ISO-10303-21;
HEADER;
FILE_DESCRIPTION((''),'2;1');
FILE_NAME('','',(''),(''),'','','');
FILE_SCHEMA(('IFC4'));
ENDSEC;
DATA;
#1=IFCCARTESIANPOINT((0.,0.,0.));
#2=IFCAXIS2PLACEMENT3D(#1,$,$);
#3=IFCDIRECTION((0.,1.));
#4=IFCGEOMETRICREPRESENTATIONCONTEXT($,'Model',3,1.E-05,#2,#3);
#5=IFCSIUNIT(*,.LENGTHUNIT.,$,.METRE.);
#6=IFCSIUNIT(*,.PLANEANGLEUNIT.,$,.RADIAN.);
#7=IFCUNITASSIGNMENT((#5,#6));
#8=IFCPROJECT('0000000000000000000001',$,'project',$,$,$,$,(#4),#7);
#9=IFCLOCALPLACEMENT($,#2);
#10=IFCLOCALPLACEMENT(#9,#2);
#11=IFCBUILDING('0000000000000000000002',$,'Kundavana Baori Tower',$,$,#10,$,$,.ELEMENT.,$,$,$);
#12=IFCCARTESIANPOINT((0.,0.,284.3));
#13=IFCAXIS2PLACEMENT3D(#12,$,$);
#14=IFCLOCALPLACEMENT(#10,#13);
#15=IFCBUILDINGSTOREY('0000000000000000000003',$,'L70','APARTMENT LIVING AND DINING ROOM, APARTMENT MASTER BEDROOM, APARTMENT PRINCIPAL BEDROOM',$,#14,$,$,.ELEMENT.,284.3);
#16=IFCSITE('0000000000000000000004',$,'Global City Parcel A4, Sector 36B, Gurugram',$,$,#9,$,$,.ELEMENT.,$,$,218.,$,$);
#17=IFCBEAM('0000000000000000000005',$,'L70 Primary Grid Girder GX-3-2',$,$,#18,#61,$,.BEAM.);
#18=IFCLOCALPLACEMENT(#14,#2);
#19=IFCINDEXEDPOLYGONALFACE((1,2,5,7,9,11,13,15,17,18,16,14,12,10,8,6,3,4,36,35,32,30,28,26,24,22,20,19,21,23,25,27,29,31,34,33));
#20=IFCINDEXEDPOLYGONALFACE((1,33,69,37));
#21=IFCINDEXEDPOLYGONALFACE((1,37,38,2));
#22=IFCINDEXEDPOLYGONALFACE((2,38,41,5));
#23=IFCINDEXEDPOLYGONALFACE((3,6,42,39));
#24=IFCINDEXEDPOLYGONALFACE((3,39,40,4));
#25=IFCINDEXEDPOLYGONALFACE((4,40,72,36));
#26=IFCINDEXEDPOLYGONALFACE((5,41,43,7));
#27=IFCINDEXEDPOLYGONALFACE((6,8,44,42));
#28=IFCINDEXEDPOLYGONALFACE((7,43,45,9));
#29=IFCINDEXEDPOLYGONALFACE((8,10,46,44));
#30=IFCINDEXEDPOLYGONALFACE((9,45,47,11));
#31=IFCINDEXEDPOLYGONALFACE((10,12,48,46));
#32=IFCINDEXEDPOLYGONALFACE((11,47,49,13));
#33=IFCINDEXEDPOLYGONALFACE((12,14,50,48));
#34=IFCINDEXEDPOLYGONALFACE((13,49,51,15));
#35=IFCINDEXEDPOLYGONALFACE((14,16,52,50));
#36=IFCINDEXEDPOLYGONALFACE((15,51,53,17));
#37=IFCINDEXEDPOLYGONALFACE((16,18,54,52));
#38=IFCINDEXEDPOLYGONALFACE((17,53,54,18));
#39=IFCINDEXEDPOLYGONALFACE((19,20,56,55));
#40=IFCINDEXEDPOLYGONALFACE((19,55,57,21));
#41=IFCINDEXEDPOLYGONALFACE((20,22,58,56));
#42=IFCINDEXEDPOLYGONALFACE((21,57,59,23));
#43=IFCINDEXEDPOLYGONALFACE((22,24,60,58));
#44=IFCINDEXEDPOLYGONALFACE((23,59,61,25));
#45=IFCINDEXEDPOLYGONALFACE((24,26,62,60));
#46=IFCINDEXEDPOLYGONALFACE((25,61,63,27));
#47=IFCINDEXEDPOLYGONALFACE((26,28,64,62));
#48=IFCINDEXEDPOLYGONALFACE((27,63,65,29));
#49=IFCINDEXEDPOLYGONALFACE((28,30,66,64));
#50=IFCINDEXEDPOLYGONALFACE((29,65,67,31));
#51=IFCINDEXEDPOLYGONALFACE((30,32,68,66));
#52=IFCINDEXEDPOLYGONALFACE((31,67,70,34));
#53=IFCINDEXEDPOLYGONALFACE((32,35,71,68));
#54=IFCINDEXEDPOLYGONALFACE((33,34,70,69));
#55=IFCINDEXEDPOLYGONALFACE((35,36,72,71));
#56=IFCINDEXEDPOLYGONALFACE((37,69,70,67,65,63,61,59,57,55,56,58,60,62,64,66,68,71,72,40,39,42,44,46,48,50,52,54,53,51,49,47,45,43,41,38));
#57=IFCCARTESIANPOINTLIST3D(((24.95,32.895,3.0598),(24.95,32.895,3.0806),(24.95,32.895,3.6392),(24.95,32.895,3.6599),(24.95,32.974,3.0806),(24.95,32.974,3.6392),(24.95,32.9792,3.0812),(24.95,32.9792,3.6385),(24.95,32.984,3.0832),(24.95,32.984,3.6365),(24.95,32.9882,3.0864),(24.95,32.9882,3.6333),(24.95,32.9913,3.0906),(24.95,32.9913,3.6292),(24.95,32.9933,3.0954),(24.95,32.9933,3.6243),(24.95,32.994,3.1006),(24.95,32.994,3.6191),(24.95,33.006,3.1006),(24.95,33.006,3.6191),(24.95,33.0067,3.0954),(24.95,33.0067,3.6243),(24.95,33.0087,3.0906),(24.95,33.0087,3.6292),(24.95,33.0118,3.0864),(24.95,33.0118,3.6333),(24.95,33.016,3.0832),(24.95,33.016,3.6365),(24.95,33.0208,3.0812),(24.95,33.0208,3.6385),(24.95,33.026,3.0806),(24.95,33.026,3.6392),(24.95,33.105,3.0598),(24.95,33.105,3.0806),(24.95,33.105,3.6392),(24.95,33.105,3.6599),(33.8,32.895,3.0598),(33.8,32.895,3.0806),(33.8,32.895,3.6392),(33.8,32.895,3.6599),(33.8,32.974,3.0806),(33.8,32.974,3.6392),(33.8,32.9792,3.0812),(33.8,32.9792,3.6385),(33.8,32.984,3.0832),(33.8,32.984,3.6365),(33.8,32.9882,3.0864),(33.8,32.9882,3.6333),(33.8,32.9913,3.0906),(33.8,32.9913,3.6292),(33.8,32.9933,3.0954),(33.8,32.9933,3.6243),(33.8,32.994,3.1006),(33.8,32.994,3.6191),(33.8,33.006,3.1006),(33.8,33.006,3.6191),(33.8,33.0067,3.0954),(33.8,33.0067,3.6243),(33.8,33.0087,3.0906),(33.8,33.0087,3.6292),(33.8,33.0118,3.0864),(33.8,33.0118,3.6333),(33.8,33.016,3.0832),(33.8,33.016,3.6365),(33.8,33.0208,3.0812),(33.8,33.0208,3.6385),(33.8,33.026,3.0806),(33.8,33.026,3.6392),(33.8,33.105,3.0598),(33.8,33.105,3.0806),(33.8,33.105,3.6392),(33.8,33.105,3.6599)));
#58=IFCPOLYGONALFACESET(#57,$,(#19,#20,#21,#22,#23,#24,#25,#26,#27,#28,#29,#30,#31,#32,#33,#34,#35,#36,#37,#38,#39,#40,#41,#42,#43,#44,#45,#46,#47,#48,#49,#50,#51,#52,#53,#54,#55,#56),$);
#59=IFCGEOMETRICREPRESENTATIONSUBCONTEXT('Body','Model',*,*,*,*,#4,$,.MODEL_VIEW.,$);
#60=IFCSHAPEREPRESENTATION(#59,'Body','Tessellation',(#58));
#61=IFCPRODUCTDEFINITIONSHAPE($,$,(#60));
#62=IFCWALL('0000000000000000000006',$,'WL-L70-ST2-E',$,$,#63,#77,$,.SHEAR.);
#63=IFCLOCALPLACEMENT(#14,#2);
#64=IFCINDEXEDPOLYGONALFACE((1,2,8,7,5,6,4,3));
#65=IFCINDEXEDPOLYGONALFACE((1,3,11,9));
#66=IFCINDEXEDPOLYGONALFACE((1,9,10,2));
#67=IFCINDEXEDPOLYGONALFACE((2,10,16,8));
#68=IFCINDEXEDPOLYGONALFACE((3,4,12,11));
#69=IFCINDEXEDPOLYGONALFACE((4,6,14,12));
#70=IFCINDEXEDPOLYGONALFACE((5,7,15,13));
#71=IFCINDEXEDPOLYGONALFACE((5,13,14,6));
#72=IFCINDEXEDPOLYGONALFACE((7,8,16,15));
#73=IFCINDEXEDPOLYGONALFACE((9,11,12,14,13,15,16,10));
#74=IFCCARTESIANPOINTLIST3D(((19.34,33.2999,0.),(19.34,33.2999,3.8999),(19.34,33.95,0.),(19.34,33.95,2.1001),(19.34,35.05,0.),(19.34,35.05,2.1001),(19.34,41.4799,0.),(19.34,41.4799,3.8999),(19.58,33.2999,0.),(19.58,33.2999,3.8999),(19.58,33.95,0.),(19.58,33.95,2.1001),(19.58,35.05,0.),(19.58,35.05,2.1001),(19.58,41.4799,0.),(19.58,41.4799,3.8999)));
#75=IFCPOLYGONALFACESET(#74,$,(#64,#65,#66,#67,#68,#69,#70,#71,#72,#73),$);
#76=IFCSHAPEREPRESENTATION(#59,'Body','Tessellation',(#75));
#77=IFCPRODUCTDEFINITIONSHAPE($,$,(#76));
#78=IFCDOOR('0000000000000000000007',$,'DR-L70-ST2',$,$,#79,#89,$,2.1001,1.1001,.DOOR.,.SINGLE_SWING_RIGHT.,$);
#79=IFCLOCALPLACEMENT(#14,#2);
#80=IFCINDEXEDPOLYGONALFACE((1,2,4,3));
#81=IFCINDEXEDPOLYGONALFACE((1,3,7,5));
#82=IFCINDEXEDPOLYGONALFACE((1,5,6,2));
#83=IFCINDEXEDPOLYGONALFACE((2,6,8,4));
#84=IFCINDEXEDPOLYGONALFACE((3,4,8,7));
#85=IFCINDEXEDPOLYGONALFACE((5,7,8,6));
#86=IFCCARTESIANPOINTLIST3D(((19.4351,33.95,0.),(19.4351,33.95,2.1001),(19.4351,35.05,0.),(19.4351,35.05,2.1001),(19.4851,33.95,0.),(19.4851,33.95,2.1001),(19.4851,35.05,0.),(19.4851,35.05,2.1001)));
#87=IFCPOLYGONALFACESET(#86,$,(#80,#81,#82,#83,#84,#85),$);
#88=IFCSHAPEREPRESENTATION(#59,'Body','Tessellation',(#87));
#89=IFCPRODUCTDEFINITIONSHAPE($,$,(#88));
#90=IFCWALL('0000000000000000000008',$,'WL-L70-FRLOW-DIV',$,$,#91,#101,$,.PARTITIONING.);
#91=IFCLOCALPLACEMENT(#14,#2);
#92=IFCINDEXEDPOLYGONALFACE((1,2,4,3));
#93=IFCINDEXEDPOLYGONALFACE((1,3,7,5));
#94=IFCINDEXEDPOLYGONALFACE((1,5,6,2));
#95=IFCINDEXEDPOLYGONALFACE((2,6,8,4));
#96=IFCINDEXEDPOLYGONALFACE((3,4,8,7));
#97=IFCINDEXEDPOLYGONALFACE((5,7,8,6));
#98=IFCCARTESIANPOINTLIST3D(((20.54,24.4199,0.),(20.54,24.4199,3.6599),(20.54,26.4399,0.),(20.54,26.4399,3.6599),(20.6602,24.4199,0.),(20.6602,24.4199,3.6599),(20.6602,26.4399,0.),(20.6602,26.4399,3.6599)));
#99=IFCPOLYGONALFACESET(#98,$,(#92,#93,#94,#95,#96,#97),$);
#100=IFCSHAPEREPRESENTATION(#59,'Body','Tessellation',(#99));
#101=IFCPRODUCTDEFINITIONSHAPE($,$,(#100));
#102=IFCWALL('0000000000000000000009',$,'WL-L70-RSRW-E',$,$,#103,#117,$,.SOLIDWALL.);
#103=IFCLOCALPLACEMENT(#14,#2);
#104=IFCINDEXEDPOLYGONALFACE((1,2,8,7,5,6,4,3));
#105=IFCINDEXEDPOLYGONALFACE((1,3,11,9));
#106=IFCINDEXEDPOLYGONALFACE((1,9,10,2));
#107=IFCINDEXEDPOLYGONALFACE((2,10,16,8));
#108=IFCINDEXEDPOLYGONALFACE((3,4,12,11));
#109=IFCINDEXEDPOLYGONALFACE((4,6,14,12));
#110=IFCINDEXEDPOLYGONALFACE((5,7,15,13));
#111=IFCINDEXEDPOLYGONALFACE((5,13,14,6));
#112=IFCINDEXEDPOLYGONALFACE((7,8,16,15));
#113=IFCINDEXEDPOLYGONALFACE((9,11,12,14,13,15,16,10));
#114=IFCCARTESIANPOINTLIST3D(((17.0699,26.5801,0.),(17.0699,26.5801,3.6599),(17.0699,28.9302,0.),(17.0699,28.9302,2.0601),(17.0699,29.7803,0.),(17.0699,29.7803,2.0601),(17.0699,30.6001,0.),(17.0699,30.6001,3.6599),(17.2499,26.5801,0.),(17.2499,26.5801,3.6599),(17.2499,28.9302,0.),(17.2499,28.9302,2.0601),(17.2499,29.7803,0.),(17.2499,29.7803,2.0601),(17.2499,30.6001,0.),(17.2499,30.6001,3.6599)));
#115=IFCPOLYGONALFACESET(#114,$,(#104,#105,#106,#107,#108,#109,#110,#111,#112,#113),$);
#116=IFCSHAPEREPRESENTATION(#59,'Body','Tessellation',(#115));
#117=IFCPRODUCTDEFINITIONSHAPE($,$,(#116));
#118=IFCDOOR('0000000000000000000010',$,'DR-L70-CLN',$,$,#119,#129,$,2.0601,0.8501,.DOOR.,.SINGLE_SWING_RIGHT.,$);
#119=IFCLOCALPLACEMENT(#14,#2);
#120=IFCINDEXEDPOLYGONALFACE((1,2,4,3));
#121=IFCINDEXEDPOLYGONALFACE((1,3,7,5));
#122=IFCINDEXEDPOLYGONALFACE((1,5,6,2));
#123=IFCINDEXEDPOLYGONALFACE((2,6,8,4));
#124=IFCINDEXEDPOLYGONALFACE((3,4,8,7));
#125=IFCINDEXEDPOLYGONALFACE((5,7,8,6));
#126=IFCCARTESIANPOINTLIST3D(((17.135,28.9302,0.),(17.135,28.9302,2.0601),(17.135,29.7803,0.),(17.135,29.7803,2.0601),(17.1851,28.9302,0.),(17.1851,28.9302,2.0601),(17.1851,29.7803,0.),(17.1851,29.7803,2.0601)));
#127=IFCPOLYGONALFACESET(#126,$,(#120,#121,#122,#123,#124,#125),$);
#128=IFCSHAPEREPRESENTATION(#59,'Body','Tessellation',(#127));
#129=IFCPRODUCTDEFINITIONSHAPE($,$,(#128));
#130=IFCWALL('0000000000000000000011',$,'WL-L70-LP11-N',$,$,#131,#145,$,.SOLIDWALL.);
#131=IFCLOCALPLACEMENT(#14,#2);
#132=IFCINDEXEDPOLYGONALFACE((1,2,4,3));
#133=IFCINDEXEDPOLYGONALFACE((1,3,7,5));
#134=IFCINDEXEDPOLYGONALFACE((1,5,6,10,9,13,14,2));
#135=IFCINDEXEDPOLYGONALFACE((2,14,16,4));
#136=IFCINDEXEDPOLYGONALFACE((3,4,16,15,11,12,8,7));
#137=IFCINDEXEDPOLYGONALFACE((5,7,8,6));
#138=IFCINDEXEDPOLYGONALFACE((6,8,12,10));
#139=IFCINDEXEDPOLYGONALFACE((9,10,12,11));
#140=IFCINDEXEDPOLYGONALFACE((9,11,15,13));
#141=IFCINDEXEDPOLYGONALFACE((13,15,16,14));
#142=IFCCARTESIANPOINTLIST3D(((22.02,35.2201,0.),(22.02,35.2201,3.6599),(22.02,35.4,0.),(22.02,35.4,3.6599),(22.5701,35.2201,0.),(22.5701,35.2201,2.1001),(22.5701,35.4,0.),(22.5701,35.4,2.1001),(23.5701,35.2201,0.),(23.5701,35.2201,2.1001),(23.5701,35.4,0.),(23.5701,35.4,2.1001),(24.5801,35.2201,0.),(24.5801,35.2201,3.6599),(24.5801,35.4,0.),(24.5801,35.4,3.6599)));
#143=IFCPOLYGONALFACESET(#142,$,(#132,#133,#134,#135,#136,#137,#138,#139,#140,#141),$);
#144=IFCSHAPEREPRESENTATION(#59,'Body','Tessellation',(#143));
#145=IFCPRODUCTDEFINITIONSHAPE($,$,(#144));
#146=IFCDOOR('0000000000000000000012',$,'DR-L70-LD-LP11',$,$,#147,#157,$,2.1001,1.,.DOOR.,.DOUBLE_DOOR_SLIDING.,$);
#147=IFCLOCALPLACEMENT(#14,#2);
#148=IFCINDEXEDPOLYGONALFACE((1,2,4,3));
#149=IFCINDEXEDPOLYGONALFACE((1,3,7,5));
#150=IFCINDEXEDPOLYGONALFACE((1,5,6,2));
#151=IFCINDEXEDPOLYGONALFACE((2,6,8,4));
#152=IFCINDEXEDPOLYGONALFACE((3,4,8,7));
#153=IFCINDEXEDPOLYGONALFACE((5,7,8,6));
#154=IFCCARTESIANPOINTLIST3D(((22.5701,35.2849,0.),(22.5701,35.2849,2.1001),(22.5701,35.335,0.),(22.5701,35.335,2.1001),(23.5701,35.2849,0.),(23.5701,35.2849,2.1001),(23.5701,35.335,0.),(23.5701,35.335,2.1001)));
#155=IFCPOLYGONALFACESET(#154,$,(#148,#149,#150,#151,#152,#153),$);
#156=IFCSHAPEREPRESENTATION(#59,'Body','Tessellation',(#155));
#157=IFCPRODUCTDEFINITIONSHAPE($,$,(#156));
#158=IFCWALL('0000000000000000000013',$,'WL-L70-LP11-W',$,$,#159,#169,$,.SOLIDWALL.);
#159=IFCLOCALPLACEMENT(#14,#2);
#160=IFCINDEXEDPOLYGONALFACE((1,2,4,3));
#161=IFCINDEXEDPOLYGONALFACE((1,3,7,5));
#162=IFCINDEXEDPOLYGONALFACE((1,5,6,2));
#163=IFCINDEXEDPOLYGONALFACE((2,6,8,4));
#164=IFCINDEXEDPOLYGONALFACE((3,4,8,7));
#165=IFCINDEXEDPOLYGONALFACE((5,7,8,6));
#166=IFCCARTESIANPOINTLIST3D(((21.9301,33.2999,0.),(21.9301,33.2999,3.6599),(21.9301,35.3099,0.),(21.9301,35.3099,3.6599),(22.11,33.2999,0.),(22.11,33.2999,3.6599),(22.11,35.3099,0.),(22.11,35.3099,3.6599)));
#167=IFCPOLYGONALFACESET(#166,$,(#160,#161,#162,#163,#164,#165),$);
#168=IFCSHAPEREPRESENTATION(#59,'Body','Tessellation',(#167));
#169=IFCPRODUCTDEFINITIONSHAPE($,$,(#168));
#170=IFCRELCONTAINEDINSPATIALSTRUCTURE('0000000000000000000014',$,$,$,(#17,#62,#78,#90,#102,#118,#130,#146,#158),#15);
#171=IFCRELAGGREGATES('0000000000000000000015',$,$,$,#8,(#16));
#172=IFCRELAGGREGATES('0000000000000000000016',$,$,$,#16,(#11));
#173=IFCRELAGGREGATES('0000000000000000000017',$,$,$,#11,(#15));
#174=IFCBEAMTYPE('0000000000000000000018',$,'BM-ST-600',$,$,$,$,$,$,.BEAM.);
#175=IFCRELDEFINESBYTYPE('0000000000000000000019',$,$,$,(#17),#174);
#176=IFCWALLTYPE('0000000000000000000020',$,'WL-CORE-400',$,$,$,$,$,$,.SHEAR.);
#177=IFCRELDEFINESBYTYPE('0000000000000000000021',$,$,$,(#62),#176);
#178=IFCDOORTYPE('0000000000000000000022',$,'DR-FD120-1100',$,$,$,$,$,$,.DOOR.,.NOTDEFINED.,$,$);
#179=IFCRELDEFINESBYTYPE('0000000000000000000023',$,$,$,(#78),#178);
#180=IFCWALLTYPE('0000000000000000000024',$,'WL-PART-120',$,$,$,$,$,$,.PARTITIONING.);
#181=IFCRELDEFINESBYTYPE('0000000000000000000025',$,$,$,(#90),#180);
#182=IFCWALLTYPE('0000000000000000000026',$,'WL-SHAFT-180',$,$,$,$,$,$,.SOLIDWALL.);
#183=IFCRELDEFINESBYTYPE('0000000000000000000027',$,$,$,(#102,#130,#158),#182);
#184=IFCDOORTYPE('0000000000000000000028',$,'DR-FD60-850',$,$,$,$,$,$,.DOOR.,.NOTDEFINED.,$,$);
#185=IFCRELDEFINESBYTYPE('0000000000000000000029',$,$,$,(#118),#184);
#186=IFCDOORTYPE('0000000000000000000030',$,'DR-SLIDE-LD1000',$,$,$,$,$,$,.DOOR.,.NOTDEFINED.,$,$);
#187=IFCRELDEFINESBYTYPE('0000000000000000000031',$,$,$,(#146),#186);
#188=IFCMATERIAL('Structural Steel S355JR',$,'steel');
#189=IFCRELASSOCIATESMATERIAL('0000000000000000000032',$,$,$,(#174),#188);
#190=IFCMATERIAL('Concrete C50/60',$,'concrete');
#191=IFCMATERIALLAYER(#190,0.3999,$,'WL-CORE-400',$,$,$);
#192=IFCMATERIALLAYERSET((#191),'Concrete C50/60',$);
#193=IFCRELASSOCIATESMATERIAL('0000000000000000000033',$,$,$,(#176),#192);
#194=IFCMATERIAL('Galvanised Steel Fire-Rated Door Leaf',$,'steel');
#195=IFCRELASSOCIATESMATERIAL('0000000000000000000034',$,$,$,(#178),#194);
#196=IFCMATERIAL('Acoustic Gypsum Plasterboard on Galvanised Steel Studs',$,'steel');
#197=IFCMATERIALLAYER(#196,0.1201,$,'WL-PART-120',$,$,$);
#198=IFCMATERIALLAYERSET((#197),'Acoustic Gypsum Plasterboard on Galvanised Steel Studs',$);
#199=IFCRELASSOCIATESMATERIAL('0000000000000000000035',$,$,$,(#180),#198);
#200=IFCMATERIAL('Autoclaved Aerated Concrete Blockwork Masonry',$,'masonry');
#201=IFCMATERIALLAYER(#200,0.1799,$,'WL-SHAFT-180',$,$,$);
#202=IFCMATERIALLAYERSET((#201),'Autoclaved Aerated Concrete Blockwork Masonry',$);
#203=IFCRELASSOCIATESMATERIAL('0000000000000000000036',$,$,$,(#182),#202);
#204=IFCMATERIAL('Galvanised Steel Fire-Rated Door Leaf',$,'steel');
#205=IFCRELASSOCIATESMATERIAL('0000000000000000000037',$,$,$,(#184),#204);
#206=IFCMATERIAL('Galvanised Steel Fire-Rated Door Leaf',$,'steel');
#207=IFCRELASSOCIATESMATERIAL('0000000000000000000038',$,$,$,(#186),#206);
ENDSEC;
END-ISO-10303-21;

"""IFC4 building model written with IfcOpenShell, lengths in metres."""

from ifc_helpers import new_model, si_unit, direction, frame, frame_2d, origin, origin_2d, place, context, subcontext, project, spatial, rectangle, i_section, extrude, material, layer, layer_set, material_profile, profile_set, type_object, element, fill, save


model = new_model("IFC4")

# Units and contexts
model_context = context("Model", 3, precision=1e-05, world=origin(), true_north=direction((0.0, 1.0)))
body_context = subcontext(model_context, "Body", "Model", "MODEL_VIEW")
ifc_project = project(units=[si_unit("LENGTHUNIT", "METRE"), si_unit("PLANEANGLEUNIT", "RADIAN")], contexts=[model_context])

# Site, building, storey
site_placement = place(None, origin())
site = spatial("IfcSite", under=ifc_project, at=site_placement, Name="Global City Parcel A4, Sector 36B, Gurugram", CompositionType="ELEMENT", RefElevation=218.0)
building_placement = place(site_placement, origin())
building = spatial("IfcBuilding", under=site, at=building_placement, Name="Kundavana Baori Tower", CompositionType="ELEMENT")
storey_placement = place(building_placement, frame((0.0, 0.0, 284.3)))
storey = spatial("IfcBuildingStorey", under=building, at=storey_placement, Name="L70", Description="APARTMENT LIVING AND DINING ROOM, APARTMENT MASTER BEDROOM, APARTMENT PRINCIPAL BEDROOM", CompositionType="ELEMENT", Elevation=284.3)

# Beam
ifc_material_1 = material(Name="Structural Steel S355JR", Category="steel")
ifc_material_profile_1 = material_profile(ifc_material_1, i_section(OverallWidth=0.21, OverallDepth=0.6001, WebThickness=0.012, FlangeThickness=0.0208, FilletRadius=0.02, at=origin_2d()), Name="ISMB 600")
ifc_profile_set_1 = profile_set([ifc_material_profile_1], Name="Structural Steel S355JR")
beam_type_1 = type_object("IfcBeamType", Name="BM-ST-600", PredefinedType="BEAM", material=ifc_profile_set_1)
for number, where, z_axis, x_axis, name in (
    (1, (24.95, 33.0, 3.3599), (1.0, 0.0, 0.0), (0.0, 1.0, 0.0), "L70 Primary Grid Girder GX-3-2"),
):
    element("IfcBeam", number, at=place(storey_placement, frame(where, z_axis=z_axis, x_axis=x_axis)), inside=storey, type_object=beam_type_1, Name=name, PredefinedType="BEAM", context=body_context, shape_type="SweptSolid", body=[
        extrude(i_section(OverallWidth=0.21, OverallDepth=0.6001, WebThickness=0.012, FlangeThickness=0.0208, FilletRadius=0.02, at=origin_2d()), origin(), (0.0, 0.0, 1.0), 8.8501),
    ])

# Wall, opening, door
ifc_material_2 = material(Name="Concrete C50/60", Category="concrete")
ifc_layer_1 = layer(ifc_material_2, 0.3999, Name="WL-CORE-400")
ifc_layer_set_1 = layer_set([ifc_layer_1], Name="Concrete C50/60")
wall_type_1 = type_object("IfcWallType", Name="WL-CORE-400", PredefinedType="SHEAR", material=ifc_layer_set_1)
wall_1_placement = place(storey_placement, frame((19.46, 33.3, 0.0), z_axis=(0.0, 0.0, 1.0), x_axis=(0.0, 1.0, 0.0)))
wall_1 = element("IfcWall", 2, at=wall_1_placement, inside=storey, type_object=wall_type_1, Name="WL-L70-ST2-E", PredefinedType="SHEAR", context=body_context, shape_type="SweptSolid", body=[
    extrude(rectangle(XDim=8.1799, YDim=0.24, at=frame_2d((4.0898, 0.0))), origin(), (0.0, 0.0, 1.0), 3.8999),
])
opening_1_placement = place(wall_1_placement, frame((0.6499, 0.0, 0.0)))
opening_1 = element("IfcOpeningElement", 3, at=opening_1_placement, cuts=wall_1, PredefinedType="OPENING", context=body_context, shape_type="SweptSolid", body=[
    extrude(rectangle(XDim=1.1001, YDim=2.1001, at=frame_2d((0.55, 1.05))), frame((0.0, 0.1299, 0.0), z_axis=(0.0, -1.0, 0.0), x_axis=(1.0, 0.0, 0.0)), (0.0, 0.0, 1.0), 0.26),
])
ifc_material_3 = material(Name="Galvanised Steel Fire-Rated Door Leaf", Category="steel")
door_type_1 = type_object("IfcDoorType", Name="DR-FD120-1100", OperationType="NOTDEFINED", PredefinedType="DOOR", material=ifc_material_3)
door_1_placement = place(opening_1_placement, origin())
door_1 = element("IfcDoor", 4, at=door_1_placement, inside=storey, type_object=door_type_1, Name="DR-L70-ST2", OperationType="SINGLE_SWING_RIGHT", OverallHeight=2.1001, OverallWidth=1.1001, PredefinedType="DOOR", context=body_context, shape_type="SweptSolid", body=[
    extrude(rectangle(XDim=1.1001, YDim=2.1001, at=frame_2d((0.55, 1.05))), frame((0.0, 0.0249, 0.0), z_axis=(0.0, -1.0, 0.0), x_axis=(1.0, 0.0, 0.0)), (0.0, 0.0, 1.0), 0.05),
])
fill(opening_1, door_1)

# Wall
ifc_material_4 = material(Name="Acoustic Gypsum Plasterboard on Galvanised Steel Studs", Category="steel")
ifc_layer_2 = layer(ifc_material_4, 0.1201, Name="WL-PART-120")
ifc_layer_set_2 = layer_set([ifc_layer_2], Name="Acoustic Gypsum Plasterboard on Galvanised Steel Studs")
wall_type_2 = type_object("IfcWallType", Name="WL-PART-120", PredefinedType="PARTITIONING", material=ifc_layer_set_2)
wall_2_placement = place(storey_placement, frame((20.6001, 24.4199, 0.0), z_axis=(0.0, 0.0, 1.0), x_axis=(0.0, 1.0, 0.0)))
element("IfcWall", 5, at=wall_2_placement, inside=storey, type_object=wall_type_2, Name="WL-L70-FRLOW-DIV", PredefinedType="PARTITIONING", context=body_context, shape_type="SweptSolid", body=[
    extrude(rectangle(XDim=2.02, YDim=0.1201, at=frame_2d((1.01, 0.0))), origin(), (0.0, 0.0, 1.0), 3.6599),
])

# Walls, openings, doors
ifc_material_5 = material(Name="Autoclaved Aerated Concrete Blockwork Masonry", Category="masonry")
ifc_layer_3 = layer(ifc_material_5, 0.1799, Name="WL-SHAFT-180")
ifc_layer_set_3 = layer_set([ifc_layer_3], Name="Autoclaved Aerated Concrete Blockwork Masonry")
wall_type_3 = type_object("IfcWallType", Name="WL-SHAFT-180", PredefinedType="SOLIDWALL", material=ifc_layer_set_3)
wall_3_placement = place(storey_placement, frame((17.1599, 26.5801, 0.0), z_axis=(0.0, 0.0, 1.0), x_axis=(0.0, 1.0, 0.0)))
wall_3 = element("IfcWall", 6, at=wall_3_placement, inside=storey, type_object=wall_type_3, Name="WL-L70-RSRW-E", PredefinedType="SOLIDWALL", context=body_context, shape_type="SweptSolid", body=[
    extrude(rectangle(XDim=4.02, YDim=0.1799, at=frame_2d((2.01, 0.0))), origin(), (0.0, 0.0, 1.0), 3.6599),
])
opening_2_placement = place(wall_3_placement, frame((2.3501, 0.0, 0.0)))
opening_2 = element("IfcOpeningElement", 7, at=opening_2_placement, cuts=wall_3, PredefinedType="OPENING", context=body_context, shape_type="SweptSolid", body=[
    extrude(rectangle(XDim=0.8501, YDim=2.0601, at=frame_2d((0.425, 1.03))), frame((0.0, 0.1001, 0.0), z_axis=(0.0, -1.0, 0.0), x_axis=(1.0, 0.0, 0.0)), (0.0, 0.0, 1.0), 0.2),
])
ifc_material_6 = material(Name="Galvanised Steel Fire-Rated Door Leaf", Category="steel")
door_type_2 = type_object("IfcDoorType", Name="DR-FD60-850", OperationType="NOTDEFINED", PredefinedType="DOOR", material=ifc_material_6)
door_2_placement = place(opening_2_placement, origin())
door_2 = element("IfcDoor", 8, at=door_2_placement, inside=storey, type_object=door_type_2, Name="DR-L70-CLN", OperationType="SINGLE_SWING_RIGHT", OverallHeight=2.0601, OverallWidth=0.8501, PredefinedType="DOOR", context=body_context, shape_type="SweptSolid", body=[
    extrude(rectangle(XDim=0.8501, YDim=2.0601, at=frame_2d((0.425, 1.03))), frame((0.0, 0.0249, 0.0), z_axis=(0.0, -1.0, 0.0), x_axis=(1.0, 0.0, 0.0)), (0.0, 0.0, 1.0), 0.05),
])
fill(opening_2, door_2)
wall_4_placement = place(storey_placement, frame((22.02, 35.3101, 0.0), z_axis=(0.0, 0.0, 1.0), x_axis=(1.0, 0.0, 0.0)))
wall_4 = element("IfcWall", 9, at=wall_4_placement, inside=storey, type_object=wall_type_3, Name="WL-L70-LP11-N", PredefinedType="SOLIDWALL", context=body_context, shape_type="SweptSolid", body=[
    extrude(rectangle(XDim=2.5601, YDim=0.1799, at=frame_2d((1.28, 0.0))), origin(), (0.0, 0.0, 1.0), 3.6599),
])
opening_3_placement = place(wall_4_placement, frame((0.55, 0.0, 0.0)))
opening_3 = element("IfcOpeningElement", 10, at=opening_3_placement, cuts=wall_4, PredefinedType="OPENING", context=body_context, shape_type="SweptSolid", body=[
    extrude(rectangle(XDim=1.0, YDim=2.1001, at=frame_2d((0.5, 1.05))), frame((0.0, 0.1001, 0.0), z_axis=(0.0, -1.0, 0.0), x_axis=(1.0, 0.0, 0.0)), (0.0, 0.0, 1.0), 0.2),
])
ifc_material_7 = material(Name="Galvanised Steel Fire-Rated Door Leaf", Category="steel")
door_type_3 = type_object("IfcDoorType", Name="DR-SLIDE-LD1000", OperationType="NOTDEFINED", PredefinedType="DOOR", material=ifc_material_7)
door_3_placement = place(opening_3_placement, origin())
door_3 = element("IfcDoor", 11, at=door_3_placement, inside=storey, type_object=door_type_3, Name="DR-L70-LD-LP11", OperationType="DOUBLE_DOOR_SLIDING", OverallHeight=2.1001, OverallWidth=1.0, PredefinedType="DOOR", context=body_context, shape_type="SweptSolid", body=[
    extrude(rectangle(XDim=1.0, YDim=2.1001, at=frame_2d((0.5, 1.05))), frame((0.0, 0.0249, 0.0), z_axis=(0.0, -1.0, 0.0), x_axis=(1.0, 0.0, 0.0)), (0.0, 0.0, 1.0), 0.05),
])
fill(opening_3, door_3)

# Wall
wall_5_placement = place(storey_placement, frame((22.02, 33.3, 0.0), z_axis=(0.0, 0.0, 1.0), x_axis=(0.0, 1.0, 0.0)))
element("IfcWall", 12, at=wall_5_placement, inside=storey, type_object=wall_type_3, Name="WL-L70-LP11-W", PredefinedType="SOLIDWALL", context=body_context, shape_type="SweptSolid", body=[
    extrude(rectangle(XDim=2.01, YDim=0.1799, at=frame_2d((1.0049, 0.0))), origin(), (0.0, 0.0, 1.0), 3.6599),
])

save(model, "model.ifc")
